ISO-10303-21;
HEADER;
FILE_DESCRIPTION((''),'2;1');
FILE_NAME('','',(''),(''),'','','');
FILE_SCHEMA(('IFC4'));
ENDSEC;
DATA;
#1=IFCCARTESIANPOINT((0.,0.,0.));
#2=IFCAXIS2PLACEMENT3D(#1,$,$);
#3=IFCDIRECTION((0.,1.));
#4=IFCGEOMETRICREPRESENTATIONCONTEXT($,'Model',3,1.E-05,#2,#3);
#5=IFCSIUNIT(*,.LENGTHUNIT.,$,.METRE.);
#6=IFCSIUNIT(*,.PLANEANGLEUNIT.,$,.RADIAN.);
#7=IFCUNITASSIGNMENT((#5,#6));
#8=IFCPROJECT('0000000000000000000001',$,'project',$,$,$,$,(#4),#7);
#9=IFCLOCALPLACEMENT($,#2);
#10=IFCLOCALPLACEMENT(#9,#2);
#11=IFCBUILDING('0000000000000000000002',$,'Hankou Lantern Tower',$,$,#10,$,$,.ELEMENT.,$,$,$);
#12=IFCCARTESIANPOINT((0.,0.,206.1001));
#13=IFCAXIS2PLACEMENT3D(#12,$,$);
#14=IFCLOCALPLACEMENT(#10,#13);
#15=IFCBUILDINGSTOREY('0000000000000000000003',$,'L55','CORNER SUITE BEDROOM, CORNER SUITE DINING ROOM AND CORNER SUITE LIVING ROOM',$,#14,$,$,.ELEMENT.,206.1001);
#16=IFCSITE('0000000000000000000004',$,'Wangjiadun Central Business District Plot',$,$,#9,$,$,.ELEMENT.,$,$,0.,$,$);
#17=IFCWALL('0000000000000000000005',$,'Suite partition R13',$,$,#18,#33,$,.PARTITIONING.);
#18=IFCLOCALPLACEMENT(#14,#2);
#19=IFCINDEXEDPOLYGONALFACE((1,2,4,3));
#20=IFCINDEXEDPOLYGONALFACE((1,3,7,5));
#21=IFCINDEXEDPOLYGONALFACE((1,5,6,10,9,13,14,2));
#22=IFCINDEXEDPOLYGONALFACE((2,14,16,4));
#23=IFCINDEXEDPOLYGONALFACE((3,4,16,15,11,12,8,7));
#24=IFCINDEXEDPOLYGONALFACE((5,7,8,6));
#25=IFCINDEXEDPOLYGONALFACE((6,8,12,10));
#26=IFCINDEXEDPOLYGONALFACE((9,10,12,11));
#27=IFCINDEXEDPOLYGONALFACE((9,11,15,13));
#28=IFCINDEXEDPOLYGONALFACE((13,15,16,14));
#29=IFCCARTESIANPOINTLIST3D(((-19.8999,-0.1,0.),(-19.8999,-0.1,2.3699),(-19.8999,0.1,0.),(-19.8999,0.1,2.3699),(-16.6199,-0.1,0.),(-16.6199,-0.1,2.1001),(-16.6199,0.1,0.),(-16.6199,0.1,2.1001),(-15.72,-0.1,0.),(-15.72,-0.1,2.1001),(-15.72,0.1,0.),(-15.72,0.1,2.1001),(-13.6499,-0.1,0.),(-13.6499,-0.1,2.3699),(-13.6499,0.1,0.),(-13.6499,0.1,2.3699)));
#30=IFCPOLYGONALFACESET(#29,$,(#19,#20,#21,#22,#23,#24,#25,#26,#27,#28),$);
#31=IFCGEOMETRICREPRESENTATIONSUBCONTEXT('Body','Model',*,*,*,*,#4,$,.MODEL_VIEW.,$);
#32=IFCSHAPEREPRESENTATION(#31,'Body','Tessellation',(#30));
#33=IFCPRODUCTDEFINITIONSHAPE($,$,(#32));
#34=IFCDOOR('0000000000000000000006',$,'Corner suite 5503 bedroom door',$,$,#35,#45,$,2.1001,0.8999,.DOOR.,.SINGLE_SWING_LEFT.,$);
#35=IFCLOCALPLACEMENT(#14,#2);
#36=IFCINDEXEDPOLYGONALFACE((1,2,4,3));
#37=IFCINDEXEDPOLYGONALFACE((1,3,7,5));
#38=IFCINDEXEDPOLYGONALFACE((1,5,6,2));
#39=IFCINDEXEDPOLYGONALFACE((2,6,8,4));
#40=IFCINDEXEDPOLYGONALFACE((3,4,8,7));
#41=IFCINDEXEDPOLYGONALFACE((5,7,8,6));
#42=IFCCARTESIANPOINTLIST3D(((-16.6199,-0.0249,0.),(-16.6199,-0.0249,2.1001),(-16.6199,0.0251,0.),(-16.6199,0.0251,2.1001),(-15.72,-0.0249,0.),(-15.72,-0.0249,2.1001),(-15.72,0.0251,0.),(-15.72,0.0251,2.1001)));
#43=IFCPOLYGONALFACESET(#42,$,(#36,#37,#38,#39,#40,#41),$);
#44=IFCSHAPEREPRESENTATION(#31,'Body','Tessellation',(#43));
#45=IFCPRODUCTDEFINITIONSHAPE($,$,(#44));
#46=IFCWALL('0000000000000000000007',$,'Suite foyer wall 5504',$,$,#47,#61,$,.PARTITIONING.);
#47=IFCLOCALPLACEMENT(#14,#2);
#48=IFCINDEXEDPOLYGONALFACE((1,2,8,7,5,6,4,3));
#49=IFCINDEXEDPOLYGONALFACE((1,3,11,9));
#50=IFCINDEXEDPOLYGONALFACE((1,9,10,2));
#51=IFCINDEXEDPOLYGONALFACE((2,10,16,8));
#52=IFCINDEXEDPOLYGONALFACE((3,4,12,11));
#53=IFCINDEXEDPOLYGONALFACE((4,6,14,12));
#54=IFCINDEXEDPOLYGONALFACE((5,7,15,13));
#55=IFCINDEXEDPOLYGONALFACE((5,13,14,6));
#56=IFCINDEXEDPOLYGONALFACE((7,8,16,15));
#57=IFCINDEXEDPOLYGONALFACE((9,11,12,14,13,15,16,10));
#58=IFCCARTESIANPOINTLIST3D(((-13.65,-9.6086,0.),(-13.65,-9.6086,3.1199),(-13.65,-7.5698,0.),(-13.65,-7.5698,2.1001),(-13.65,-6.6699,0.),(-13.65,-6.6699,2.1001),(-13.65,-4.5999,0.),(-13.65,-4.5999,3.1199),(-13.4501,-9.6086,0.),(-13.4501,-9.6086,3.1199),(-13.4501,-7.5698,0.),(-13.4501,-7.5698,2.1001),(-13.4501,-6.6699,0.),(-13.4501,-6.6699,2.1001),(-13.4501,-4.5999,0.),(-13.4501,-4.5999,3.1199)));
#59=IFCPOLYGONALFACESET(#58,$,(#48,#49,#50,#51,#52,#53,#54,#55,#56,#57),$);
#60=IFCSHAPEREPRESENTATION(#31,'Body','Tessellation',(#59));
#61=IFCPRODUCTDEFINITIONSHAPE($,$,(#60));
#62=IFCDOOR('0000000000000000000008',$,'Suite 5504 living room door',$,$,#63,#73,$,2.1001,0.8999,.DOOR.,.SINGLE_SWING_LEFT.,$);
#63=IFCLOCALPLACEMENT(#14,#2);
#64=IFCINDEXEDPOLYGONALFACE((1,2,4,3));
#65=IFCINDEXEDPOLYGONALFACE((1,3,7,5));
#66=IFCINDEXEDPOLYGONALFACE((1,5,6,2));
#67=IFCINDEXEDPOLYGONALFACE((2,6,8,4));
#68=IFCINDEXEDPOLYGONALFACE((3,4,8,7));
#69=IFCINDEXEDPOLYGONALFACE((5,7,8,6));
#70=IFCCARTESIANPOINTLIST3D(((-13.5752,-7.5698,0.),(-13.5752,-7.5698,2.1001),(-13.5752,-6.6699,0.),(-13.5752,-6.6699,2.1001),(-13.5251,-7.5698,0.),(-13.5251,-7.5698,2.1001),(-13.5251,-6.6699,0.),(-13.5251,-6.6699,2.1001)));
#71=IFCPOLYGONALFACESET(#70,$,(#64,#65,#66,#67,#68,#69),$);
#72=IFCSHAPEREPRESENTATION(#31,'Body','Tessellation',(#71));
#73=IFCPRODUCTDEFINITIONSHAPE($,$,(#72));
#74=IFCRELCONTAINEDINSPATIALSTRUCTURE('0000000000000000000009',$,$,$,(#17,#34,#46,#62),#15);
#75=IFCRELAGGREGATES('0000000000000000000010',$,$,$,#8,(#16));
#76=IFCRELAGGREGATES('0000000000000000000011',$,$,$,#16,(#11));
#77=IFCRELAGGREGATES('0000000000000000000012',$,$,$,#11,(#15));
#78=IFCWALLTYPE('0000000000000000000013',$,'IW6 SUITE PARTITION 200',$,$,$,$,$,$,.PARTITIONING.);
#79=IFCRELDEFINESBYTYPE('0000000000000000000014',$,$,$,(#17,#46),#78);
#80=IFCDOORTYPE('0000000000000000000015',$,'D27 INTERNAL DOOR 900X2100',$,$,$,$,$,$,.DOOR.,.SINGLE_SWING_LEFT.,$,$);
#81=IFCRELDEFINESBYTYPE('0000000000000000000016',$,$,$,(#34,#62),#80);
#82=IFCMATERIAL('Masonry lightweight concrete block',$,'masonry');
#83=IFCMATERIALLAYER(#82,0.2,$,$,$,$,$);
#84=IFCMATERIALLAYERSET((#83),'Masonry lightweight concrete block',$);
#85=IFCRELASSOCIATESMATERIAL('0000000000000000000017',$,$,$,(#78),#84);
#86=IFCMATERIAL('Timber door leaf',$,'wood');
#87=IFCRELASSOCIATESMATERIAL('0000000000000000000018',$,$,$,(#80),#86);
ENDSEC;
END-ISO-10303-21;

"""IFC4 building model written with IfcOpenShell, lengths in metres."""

from ifc_helpers import new_model, si_unit, direction, frame, frame_2d, origin, place, context, subcontext, project, spatial, rectangle, extrude, material, layer, layer_set, type_object, element, fill, save


model = new_model("IFC4")

# Units and contexts
model_context = context("Model", 3, precision=1e-05, world=origin(), true_north=direction((0.0, 1.0)))
body_context = subcontext(model_context, "Body", "Model", "MODEL_VIEW")
ifc_project = project(units=[si_unit("LENGTHUNIT", "METRE"), si_unit("PLANEANGLEUNIT", "RADIAN")], contexts=[model_context])

# Site, building, storey
site_placement = place(None, origin())
site = spatial("IfcSite", under=ifc_project, at=site_placement, Name="Wangjiadun Central Business District Plot", CompositionType="ELEMENT", RefElevation=0.0)
building_placement = place(site_placement, origin())
building = spatial("IfcBuilding", under=site, at=building_placement, Name="Hankou Lantern Tower", CompositionType="ELEMENT")
storey_placement = place(building_placement, frame((0.0, 0.0, 206.1001)))
storey = spatial("IfcBuildingStorey", under=building, at=storey_placement, Name="L55", Description="CORNER SUITE BEDROOM, CORNER SUITE DINING ROOM AND CORNER SUITE LIVING ROOM", CompositionType="ELEMENT", Elevation=206.1001)

# Walls, openings, doors
ifc_material_1 = material(Name="Masonry lightweight concrete block", Category="masonry")
ifc_layer_1 = layer(ifc_material_1, 0.2)
ifc_layer_set_1 = layer_set([ifc_layer_1], Name="Masonry lightweight concrete block")
wall_type_1 = type_object("IfcWallType", Name="IW6 SUITE PARTITION 200", PredefinedType="PARTITIONING", material=ifc_layer_set_1)
wall_1_placement = place(storey_placement, frame((-13.6499, 0.0, 0.0), z_axis=(0.0, 0.0, 1.0), x_axis=(-1.0, 0.0, 0.0)))
wall_1 = element("IfcWall", 1, at=wall_1_placement, inside=storey, type_object=wall_type_1, Name="Suite partition R13", PredefinedType="PARTITIONING", context=body_context, shape_type="SweptSolid", body=[
    extrude(rectangle(XDim=6.25, YDim=0.2, at=frame_2d((3.125, 0.0))), origin(), (0.0, 0.0, 1.0), 2.3699),
])
opening_1_placement = place(wall_1_placement, frame((2.0701, 0.0, 0.0)))
opening_1 = element("IfcOpeningElement", 2, at=opening_1_placement, cuts=wall_1, PredefinedType="OPENING", context=body_context, shape_type="SweptSolid", body=[
    extrude(rectangle(XDim=0.8999, YDim=2.1001, at=frame_2d((0.45, 1.05))), frame((0.0, 0.1099, 0.0), z_axis=(0.0, -1.0, 0.0), x_axis=(1.0, 0.0, 0.0)), (0.0, 0.0, 1.0), 0.22),
])
ifc_material_2 = material(Name="Timber door leaf", Category="wood")
door_type_1 = type_object("IfcDoorType", Name="D27 INTERNAL DOOR 900X2100", OperationType="SINGLE_SWING_LEFT", PredefinedType="DOOR", material=ifc_material_2)
door_1_placement = place(opening_1_placement, origin())
door_1 = element("IfcDoor", 3, at=door_1_placement, inside=storey, type_object=door_type_1, Name="Corner suite 5503 bedroom door", OperationType="SINGLE_SWING_LEFT", OverallHeight=2.1001, OverallWidth=0.8999, PredefinedType="DOOR", context=body_context, shape_type="SweptSolid", body=[
    extrude(rectangle(XDim=0.8999, YDim=2.1001, at=frame_2d((0.45, 1.05))), frame((0.0, 0.0249, 0.0), z_axis=(0.0, -1.0, 0.0), x_axis=(1.0, 0.0, 0.0)), (0.0, 0.0, 1.0), 0.05),
])
fill(opening_1, door_1)
wall_2_placement = place(storey_placement, frame((-13.55, -4.5999, 0.0), z_axis=(0.0, 0.0, 1.0), x_axis=(0.0, -1.0, 0.0)))
wall_2 = element("IfcWall", 4, at=wall_2_placement, inside=storey, type_object=wall_type_1, Name="Suite foyer wall 5504", PredefinedType="PARTITIONING", context=body_context, shape_type="SweptSolid", body=[
    extrude(rectangle(XDim=5.0088, YDim=0.2, at=frame_2d((2.5044, 0.0))), origin(), (0.0, 0.0, 1.0), 3.1199),
])
opening_2_placement = place(wall_2_placement, frame((2.0701, 0.0, 0.0)))
opening_2 = element("IfcOpeningElement", 5, at=opening_2_placement, cuts=wall_2, PredefinedType="OPENING", context=body_context, shape_type="SweptSolid", body=[
    extrude(rectangle(XDim=0.8999, YDim=2.1001, at=frame_2d((0.45, 1.05))), frame((0.0, 0.1099, 0.0), z_axis=(0.0, -1.0, 0.0), x_axis=(1.0, 0.0, 0.0)), (0.0, 0.0, 1.0), 0.22),
])
door_2_placement = place(opening_2_placement, origin())
door_2 = element("IfcDoor", 6, at=door_2_placement, inside=storey, type_object=door_type_1, Name="Suite 5504 living room door", OperationType="SINGLE_SWING_LEFT", OverallHeight=2.1001, OverallWidth=0.8999, PredefinedType="DOOR", context=body_context, shape_type="SweptSolid", body=[
    extrude(rectangle(XDim=0.8999, YDim=2.1001, at=frame_2d((0.45, 1.05))), frame((0.0, 0.0249, 0.0), z_axis=(0.0, -1.0, 0.0), x_axis=(1.0, 0.0, 0.0)), (0.0, 0.0, 1.0), 0.05),
])
fill(opening_2, door_2)

save(model, "model.ifc")
